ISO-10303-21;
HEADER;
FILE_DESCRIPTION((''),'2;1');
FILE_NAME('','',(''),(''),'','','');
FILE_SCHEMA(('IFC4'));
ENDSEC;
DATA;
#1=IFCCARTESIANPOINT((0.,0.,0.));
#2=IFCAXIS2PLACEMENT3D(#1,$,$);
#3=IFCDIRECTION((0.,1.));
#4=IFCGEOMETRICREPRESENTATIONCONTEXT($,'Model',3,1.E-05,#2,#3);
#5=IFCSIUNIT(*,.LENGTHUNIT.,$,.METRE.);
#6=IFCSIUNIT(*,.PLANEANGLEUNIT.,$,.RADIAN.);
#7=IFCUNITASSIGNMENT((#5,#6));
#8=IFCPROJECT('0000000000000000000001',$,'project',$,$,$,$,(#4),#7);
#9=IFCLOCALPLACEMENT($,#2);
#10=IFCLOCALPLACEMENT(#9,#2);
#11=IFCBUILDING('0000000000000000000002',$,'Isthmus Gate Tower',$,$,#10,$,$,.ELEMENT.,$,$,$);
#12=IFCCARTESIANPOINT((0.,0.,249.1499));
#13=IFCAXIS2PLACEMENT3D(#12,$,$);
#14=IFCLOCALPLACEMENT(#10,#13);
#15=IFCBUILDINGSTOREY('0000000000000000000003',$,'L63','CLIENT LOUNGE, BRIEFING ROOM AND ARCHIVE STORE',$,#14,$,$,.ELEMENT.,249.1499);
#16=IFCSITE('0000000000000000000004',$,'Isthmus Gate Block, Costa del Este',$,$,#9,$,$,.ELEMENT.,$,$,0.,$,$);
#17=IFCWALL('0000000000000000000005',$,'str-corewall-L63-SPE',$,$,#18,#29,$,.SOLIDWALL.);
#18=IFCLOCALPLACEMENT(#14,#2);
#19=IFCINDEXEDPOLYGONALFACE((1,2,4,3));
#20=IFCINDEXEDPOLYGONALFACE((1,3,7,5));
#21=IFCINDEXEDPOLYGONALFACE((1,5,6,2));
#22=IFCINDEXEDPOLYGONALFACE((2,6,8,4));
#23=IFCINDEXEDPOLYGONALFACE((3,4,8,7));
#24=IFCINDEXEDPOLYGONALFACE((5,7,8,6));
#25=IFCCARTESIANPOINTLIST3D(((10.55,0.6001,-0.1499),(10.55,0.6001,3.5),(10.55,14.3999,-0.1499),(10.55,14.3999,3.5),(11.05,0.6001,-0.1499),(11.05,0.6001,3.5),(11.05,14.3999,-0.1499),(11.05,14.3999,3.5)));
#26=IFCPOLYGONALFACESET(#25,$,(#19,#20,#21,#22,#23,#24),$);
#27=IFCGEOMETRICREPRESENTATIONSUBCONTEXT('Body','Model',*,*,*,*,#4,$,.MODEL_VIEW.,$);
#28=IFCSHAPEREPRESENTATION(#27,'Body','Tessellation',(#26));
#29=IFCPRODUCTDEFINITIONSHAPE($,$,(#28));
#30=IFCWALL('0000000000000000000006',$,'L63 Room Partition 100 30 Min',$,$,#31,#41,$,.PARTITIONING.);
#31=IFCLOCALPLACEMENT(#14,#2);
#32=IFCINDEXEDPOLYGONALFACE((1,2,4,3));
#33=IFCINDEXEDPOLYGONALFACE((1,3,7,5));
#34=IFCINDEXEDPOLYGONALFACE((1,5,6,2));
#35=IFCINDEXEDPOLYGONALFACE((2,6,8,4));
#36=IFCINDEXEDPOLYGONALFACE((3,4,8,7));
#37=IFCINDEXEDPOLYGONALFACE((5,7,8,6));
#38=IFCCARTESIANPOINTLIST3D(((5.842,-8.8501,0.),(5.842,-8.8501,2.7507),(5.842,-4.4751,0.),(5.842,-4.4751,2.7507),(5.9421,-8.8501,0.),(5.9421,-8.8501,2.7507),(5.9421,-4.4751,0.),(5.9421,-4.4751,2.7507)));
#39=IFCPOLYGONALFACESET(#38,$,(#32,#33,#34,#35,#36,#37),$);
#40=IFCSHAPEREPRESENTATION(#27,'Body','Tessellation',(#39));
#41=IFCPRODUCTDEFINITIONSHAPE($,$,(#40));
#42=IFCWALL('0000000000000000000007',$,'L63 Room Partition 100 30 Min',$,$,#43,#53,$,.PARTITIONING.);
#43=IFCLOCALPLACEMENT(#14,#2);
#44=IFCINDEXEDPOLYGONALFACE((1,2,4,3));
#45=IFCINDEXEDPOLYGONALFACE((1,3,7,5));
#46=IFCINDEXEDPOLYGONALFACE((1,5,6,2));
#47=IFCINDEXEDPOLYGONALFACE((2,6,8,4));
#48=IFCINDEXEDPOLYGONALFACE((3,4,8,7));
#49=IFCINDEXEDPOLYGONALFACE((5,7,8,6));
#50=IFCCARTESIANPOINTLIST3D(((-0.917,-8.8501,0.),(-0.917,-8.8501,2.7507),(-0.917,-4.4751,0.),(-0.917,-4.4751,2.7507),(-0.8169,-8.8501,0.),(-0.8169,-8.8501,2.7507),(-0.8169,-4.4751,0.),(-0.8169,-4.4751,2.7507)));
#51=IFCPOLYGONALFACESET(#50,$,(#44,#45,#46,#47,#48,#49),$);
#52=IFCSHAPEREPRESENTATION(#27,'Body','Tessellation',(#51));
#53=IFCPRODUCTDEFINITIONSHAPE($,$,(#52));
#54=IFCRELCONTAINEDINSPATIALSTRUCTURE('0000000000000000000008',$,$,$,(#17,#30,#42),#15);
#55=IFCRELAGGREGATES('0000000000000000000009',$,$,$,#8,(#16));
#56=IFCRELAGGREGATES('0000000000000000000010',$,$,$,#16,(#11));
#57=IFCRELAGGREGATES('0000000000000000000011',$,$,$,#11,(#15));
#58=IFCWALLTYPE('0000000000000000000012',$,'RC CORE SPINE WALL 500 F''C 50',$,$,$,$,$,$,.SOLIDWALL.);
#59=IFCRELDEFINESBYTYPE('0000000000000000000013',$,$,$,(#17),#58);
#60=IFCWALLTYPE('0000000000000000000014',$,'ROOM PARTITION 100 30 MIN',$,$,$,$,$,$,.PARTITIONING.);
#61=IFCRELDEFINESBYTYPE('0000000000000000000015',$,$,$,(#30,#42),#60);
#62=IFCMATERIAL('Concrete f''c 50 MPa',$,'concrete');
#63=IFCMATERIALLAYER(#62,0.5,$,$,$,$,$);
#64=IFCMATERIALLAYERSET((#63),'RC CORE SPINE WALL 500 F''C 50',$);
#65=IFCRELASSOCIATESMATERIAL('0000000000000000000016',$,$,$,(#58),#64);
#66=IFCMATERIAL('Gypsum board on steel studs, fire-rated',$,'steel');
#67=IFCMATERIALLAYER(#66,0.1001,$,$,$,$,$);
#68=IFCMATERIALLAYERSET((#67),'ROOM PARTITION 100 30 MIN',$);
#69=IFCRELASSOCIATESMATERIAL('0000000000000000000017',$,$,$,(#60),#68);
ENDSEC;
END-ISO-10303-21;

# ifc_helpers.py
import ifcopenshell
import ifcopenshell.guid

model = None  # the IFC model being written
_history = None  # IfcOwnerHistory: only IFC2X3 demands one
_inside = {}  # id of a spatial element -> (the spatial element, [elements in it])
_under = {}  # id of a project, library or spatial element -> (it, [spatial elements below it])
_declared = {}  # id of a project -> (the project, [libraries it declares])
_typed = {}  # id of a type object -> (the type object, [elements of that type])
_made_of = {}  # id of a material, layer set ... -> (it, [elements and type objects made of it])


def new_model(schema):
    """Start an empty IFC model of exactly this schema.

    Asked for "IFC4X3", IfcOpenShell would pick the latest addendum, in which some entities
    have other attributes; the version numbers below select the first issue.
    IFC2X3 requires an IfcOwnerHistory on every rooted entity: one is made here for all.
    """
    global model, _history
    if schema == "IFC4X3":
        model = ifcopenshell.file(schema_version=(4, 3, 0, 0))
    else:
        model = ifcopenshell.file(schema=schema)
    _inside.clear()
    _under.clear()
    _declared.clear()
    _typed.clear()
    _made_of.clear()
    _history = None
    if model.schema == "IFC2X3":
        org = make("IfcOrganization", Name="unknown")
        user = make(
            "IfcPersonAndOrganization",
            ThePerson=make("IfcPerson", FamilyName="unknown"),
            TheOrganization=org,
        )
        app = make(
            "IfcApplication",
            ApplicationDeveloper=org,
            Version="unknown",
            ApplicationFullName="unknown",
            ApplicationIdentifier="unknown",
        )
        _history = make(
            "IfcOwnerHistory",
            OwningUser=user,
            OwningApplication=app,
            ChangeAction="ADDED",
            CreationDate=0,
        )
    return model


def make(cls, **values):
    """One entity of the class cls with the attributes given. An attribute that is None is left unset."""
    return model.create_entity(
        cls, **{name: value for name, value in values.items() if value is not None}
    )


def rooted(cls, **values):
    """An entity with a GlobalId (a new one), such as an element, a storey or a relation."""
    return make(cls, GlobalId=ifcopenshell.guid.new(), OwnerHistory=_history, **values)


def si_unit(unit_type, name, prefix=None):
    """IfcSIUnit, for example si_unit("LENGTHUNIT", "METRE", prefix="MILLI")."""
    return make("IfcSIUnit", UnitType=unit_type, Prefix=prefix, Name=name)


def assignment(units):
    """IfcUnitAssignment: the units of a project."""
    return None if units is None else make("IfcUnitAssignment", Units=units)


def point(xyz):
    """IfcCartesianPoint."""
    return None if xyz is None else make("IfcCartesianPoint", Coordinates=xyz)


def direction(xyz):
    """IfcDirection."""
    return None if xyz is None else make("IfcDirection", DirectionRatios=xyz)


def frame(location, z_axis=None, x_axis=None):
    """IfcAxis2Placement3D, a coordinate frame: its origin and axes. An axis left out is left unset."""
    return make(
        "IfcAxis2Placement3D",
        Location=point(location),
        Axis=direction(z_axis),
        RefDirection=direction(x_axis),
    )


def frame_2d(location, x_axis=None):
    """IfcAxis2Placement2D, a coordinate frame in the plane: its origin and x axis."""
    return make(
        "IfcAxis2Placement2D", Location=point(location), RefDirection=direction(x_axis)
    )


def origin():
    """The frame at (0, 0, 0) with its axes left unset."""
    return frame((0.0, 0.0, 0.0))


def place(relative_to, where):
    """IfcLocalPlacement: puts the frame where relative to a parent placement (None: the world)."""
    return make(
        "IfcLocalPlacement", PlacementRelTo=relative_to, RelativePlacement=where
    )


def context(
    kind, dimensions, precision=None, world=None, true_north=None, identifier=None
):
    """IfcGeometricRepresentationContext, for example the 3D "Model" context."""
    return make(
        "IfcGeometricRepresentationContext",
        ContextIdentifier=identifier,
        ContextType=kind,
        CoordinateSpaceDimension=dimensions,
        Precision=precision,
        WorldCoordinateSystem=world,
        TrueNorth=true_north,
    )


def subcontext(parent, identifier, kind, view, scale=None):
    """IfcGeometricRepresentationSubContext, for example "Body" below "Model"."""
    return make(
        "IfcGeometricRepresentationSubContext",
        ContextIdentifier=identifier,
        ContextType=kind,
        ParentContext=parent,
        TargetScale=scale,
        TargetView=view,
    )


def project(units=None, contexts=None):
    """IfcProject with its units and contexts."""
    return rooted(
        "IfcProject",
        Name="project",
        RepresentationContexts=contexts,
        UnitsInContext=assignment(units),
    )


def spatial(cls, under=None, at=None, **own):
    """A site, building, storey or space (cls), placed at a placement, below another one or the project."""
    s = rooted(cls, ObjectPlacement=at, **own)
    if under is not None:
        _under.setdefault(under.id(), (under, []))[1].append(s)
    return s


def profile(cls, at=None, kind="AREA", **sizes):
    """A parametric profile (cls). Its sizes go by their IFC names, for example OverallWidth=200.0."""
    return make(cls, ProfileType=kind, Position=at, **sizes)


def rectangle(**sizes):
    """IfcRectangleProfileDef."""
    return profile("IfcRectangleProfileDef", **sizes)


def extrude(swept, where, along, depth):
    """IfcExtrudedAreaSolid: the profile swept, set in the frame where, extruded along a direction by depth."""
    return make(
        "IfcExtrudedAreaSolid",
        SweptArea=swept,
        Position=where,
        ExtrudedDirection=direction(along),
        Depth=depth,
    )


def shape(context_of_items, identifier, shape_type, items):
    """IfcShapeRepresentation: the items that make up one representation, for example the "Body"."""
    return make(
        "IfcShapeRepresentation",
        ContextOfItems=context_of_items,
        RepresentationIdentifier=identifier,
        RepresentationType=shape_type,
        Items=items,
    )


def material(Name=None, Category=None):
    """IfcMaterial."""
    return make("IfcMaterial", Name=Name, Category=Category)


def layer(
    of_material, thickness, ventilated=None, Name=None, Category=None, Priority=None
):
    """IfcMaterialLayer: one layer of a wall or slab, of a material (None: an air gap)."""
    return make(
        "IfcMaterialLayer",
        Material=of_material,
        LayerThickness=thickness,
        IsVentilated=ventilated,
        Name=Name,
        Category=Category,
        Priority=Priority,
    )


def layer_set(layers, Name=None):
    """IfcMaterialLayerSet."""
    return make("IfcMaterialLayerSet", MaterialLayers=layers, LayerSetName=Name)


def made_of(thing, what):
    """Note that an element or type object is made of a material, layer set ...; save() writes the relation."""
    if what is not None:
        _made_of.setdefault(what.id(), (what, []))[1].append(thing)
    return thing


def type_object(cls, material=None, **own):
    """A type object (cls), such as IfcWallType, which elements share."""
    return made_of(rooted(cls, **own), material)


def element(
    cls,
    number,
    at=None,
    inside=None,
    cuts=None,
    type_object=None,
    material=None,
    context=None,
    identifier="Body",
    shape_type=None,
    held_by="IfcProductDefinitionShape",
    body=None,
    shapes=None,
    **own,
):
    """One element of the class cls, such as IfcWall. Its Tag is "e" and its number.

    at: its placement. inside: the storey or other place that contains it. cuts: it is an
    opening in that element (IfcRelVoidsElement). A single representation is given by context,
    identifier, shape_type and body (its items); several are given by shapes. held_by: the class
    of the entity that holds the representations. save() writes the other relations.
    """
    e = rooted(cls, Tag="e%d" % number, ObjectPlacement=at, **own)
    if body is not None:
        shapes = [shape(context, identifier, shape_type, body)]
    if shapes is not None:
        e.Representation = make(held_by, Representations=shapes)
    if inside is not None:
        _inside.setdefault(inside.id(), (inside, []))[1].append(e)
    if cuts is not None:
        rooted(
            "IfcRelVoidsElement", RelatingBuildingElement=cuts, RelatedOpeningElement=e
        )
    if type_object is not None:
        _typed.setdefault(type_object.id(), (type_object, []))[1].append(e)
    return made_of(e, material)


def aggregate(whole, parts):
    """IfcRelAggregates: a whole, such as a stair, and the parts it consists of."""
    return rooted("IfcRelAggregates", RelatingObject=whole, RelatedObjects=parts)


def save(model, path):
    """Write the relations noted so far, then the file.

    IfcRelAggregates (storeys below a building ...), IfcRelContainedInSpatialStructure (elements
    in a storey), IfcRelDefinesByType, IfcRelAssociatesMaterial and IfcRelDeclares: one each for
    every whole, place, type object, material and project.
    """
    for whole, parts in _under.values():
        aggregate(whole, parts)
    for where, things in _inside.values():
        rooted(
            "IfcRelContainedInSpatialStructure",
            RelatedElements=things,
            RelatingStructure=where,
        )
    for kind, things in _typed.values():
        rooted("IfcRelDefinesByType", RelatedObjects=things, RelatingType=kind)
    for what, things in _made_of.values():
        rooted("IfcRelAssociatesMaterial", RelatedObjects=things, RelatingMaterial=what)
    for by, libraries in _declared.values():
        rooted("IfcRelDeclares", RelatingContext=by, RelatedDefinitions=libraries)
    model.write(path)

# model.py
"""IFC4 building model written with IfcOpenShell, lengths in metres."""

from ifc_helpers import new_model, si_unit, direction, frame, frame_2d, origin, place, context, subcontext, project, spatial, rectangle, extrude, material, layer, layer_set, type_object, element, save


model = new_model("IFC4")

# Units and contexts
model_context = context("Model", 3, precision=1e-05, world=origin(), true_north=direction((0.0, 1.0)))
body_context = subcontext(model_context, "Body", "Model", "MODEL_VIEW")
ifc_project = project(units=[si_unit("LENGTHUNIT", "METRE"), si_unit("PLANEANGLEUNIT", "RADIAN")], contexts=[model_context])

# Site, building, storey
site_placement = place(None, origin())
site = spatial("IfcSite", under=ifc_project, at=site_placement, Name="Isthmus Gate Block, Costa del Este", CompositionType="ELEMENT", RefElevation=0.0)
building_placement = place(site_placement, origin())
building = spatial("IfcBuilding", under=site, at=building_placement, Name="Isthmus Gate Tower", CompositionType="ELEMENT")
storey_placement = place(building_placement, frame((0.0, 0.0, 249.1499)))
storey = spatial("IfcBuildingStorey", under=building, at=storey_placement, Name="L63", Description="CLIENT LOUNGE, BRIEFING ROOM AND ARCHIVE STORE", CompositionType="ELEMENT", Elevation=249.1499)

# Walls
ifc_material_1 = material(Name="Concrete f'c 50 MPa", Category="concrete")
ifc_layer_1 = layer(ifc_material_1, 0.5)
ifc_layer_set_1 = layer_set([ifc_layer_1], Name="RC CORE SPINE WALL 500 F'C 50")
wall_type_1 = type_object("IfcWallType", Name="RC CORE SPINE WALL 500 F'C 50", PredefinedType="SOLIDWALL", material=ifc_layer_set_1)
wall_1_placement = place(storey_placement, frame((10.8, 0.6001, -0.1499), z_axis=(0.0, 0.0, 1.0), x_axis=(0.0, 1.0, 0.0)))
element("IfcWall", 1, at=wall_1_placement, inside=storey, type_object=wall_type_1, Name="str-corewall-L63-SPE", PredefinedType="SOLIDWALL", context=body_context, shape_type="SweptSolid", body=[
    extrude(rectangle(XDim=13.7998, YDim=0.5, at=frame_2d((6.8999, 0.0))), origin(), (0.0, 0.0, 1.0), 3.6499),
])
ifc_material_2 = material(Name="Gypsum board on steel studs, fire-rated", Category="steel")
ifc_layer_2 = layer(ifc_material_2, 0.1001)
ifc_layer_set_2 = layer_set([ifc_layer_2], Name="ROOM PARTITION 100 30 MIN")
wall_type_2 = type_object("IfcWallType", Name="ROOM PARTITION 100 30 MIN", PredefinedType="PARTITIONING", material=ifc_layer_set_2)
for number, where, z_axis, x_axis, name in (
    (2, (5.8921, -8.8501, 0.0), (0.0, 0.0, 1.0), (0.0, 1.0, 0.0), "L63 Room Partition 100 30 Min"),
    (3, (-0.8669, -8.8501, 0.0), (0.0, 0.0, 1.0), (0.0, 1.0, 0.0), "L63 Room Partition 100 30 Min"),
):
    element("IfcWall", number, at=place(storey_placement, frame(where, z_axis=z_axis, x_axis=x_axis)), inside=storey, type_object=wall_type_2, Name=name, PredefinedType="PARTITIONING", context=body_context, shape_type="SweptSolid", body=[
        extrude(rectangle(XDim=4.375, YDim=0.1001, at=frame_2d((2.1875, 0.0))), origin(), (0.0, 0.0, 1.0), 2.7507),
    ])

save(model, "model.ifc")
